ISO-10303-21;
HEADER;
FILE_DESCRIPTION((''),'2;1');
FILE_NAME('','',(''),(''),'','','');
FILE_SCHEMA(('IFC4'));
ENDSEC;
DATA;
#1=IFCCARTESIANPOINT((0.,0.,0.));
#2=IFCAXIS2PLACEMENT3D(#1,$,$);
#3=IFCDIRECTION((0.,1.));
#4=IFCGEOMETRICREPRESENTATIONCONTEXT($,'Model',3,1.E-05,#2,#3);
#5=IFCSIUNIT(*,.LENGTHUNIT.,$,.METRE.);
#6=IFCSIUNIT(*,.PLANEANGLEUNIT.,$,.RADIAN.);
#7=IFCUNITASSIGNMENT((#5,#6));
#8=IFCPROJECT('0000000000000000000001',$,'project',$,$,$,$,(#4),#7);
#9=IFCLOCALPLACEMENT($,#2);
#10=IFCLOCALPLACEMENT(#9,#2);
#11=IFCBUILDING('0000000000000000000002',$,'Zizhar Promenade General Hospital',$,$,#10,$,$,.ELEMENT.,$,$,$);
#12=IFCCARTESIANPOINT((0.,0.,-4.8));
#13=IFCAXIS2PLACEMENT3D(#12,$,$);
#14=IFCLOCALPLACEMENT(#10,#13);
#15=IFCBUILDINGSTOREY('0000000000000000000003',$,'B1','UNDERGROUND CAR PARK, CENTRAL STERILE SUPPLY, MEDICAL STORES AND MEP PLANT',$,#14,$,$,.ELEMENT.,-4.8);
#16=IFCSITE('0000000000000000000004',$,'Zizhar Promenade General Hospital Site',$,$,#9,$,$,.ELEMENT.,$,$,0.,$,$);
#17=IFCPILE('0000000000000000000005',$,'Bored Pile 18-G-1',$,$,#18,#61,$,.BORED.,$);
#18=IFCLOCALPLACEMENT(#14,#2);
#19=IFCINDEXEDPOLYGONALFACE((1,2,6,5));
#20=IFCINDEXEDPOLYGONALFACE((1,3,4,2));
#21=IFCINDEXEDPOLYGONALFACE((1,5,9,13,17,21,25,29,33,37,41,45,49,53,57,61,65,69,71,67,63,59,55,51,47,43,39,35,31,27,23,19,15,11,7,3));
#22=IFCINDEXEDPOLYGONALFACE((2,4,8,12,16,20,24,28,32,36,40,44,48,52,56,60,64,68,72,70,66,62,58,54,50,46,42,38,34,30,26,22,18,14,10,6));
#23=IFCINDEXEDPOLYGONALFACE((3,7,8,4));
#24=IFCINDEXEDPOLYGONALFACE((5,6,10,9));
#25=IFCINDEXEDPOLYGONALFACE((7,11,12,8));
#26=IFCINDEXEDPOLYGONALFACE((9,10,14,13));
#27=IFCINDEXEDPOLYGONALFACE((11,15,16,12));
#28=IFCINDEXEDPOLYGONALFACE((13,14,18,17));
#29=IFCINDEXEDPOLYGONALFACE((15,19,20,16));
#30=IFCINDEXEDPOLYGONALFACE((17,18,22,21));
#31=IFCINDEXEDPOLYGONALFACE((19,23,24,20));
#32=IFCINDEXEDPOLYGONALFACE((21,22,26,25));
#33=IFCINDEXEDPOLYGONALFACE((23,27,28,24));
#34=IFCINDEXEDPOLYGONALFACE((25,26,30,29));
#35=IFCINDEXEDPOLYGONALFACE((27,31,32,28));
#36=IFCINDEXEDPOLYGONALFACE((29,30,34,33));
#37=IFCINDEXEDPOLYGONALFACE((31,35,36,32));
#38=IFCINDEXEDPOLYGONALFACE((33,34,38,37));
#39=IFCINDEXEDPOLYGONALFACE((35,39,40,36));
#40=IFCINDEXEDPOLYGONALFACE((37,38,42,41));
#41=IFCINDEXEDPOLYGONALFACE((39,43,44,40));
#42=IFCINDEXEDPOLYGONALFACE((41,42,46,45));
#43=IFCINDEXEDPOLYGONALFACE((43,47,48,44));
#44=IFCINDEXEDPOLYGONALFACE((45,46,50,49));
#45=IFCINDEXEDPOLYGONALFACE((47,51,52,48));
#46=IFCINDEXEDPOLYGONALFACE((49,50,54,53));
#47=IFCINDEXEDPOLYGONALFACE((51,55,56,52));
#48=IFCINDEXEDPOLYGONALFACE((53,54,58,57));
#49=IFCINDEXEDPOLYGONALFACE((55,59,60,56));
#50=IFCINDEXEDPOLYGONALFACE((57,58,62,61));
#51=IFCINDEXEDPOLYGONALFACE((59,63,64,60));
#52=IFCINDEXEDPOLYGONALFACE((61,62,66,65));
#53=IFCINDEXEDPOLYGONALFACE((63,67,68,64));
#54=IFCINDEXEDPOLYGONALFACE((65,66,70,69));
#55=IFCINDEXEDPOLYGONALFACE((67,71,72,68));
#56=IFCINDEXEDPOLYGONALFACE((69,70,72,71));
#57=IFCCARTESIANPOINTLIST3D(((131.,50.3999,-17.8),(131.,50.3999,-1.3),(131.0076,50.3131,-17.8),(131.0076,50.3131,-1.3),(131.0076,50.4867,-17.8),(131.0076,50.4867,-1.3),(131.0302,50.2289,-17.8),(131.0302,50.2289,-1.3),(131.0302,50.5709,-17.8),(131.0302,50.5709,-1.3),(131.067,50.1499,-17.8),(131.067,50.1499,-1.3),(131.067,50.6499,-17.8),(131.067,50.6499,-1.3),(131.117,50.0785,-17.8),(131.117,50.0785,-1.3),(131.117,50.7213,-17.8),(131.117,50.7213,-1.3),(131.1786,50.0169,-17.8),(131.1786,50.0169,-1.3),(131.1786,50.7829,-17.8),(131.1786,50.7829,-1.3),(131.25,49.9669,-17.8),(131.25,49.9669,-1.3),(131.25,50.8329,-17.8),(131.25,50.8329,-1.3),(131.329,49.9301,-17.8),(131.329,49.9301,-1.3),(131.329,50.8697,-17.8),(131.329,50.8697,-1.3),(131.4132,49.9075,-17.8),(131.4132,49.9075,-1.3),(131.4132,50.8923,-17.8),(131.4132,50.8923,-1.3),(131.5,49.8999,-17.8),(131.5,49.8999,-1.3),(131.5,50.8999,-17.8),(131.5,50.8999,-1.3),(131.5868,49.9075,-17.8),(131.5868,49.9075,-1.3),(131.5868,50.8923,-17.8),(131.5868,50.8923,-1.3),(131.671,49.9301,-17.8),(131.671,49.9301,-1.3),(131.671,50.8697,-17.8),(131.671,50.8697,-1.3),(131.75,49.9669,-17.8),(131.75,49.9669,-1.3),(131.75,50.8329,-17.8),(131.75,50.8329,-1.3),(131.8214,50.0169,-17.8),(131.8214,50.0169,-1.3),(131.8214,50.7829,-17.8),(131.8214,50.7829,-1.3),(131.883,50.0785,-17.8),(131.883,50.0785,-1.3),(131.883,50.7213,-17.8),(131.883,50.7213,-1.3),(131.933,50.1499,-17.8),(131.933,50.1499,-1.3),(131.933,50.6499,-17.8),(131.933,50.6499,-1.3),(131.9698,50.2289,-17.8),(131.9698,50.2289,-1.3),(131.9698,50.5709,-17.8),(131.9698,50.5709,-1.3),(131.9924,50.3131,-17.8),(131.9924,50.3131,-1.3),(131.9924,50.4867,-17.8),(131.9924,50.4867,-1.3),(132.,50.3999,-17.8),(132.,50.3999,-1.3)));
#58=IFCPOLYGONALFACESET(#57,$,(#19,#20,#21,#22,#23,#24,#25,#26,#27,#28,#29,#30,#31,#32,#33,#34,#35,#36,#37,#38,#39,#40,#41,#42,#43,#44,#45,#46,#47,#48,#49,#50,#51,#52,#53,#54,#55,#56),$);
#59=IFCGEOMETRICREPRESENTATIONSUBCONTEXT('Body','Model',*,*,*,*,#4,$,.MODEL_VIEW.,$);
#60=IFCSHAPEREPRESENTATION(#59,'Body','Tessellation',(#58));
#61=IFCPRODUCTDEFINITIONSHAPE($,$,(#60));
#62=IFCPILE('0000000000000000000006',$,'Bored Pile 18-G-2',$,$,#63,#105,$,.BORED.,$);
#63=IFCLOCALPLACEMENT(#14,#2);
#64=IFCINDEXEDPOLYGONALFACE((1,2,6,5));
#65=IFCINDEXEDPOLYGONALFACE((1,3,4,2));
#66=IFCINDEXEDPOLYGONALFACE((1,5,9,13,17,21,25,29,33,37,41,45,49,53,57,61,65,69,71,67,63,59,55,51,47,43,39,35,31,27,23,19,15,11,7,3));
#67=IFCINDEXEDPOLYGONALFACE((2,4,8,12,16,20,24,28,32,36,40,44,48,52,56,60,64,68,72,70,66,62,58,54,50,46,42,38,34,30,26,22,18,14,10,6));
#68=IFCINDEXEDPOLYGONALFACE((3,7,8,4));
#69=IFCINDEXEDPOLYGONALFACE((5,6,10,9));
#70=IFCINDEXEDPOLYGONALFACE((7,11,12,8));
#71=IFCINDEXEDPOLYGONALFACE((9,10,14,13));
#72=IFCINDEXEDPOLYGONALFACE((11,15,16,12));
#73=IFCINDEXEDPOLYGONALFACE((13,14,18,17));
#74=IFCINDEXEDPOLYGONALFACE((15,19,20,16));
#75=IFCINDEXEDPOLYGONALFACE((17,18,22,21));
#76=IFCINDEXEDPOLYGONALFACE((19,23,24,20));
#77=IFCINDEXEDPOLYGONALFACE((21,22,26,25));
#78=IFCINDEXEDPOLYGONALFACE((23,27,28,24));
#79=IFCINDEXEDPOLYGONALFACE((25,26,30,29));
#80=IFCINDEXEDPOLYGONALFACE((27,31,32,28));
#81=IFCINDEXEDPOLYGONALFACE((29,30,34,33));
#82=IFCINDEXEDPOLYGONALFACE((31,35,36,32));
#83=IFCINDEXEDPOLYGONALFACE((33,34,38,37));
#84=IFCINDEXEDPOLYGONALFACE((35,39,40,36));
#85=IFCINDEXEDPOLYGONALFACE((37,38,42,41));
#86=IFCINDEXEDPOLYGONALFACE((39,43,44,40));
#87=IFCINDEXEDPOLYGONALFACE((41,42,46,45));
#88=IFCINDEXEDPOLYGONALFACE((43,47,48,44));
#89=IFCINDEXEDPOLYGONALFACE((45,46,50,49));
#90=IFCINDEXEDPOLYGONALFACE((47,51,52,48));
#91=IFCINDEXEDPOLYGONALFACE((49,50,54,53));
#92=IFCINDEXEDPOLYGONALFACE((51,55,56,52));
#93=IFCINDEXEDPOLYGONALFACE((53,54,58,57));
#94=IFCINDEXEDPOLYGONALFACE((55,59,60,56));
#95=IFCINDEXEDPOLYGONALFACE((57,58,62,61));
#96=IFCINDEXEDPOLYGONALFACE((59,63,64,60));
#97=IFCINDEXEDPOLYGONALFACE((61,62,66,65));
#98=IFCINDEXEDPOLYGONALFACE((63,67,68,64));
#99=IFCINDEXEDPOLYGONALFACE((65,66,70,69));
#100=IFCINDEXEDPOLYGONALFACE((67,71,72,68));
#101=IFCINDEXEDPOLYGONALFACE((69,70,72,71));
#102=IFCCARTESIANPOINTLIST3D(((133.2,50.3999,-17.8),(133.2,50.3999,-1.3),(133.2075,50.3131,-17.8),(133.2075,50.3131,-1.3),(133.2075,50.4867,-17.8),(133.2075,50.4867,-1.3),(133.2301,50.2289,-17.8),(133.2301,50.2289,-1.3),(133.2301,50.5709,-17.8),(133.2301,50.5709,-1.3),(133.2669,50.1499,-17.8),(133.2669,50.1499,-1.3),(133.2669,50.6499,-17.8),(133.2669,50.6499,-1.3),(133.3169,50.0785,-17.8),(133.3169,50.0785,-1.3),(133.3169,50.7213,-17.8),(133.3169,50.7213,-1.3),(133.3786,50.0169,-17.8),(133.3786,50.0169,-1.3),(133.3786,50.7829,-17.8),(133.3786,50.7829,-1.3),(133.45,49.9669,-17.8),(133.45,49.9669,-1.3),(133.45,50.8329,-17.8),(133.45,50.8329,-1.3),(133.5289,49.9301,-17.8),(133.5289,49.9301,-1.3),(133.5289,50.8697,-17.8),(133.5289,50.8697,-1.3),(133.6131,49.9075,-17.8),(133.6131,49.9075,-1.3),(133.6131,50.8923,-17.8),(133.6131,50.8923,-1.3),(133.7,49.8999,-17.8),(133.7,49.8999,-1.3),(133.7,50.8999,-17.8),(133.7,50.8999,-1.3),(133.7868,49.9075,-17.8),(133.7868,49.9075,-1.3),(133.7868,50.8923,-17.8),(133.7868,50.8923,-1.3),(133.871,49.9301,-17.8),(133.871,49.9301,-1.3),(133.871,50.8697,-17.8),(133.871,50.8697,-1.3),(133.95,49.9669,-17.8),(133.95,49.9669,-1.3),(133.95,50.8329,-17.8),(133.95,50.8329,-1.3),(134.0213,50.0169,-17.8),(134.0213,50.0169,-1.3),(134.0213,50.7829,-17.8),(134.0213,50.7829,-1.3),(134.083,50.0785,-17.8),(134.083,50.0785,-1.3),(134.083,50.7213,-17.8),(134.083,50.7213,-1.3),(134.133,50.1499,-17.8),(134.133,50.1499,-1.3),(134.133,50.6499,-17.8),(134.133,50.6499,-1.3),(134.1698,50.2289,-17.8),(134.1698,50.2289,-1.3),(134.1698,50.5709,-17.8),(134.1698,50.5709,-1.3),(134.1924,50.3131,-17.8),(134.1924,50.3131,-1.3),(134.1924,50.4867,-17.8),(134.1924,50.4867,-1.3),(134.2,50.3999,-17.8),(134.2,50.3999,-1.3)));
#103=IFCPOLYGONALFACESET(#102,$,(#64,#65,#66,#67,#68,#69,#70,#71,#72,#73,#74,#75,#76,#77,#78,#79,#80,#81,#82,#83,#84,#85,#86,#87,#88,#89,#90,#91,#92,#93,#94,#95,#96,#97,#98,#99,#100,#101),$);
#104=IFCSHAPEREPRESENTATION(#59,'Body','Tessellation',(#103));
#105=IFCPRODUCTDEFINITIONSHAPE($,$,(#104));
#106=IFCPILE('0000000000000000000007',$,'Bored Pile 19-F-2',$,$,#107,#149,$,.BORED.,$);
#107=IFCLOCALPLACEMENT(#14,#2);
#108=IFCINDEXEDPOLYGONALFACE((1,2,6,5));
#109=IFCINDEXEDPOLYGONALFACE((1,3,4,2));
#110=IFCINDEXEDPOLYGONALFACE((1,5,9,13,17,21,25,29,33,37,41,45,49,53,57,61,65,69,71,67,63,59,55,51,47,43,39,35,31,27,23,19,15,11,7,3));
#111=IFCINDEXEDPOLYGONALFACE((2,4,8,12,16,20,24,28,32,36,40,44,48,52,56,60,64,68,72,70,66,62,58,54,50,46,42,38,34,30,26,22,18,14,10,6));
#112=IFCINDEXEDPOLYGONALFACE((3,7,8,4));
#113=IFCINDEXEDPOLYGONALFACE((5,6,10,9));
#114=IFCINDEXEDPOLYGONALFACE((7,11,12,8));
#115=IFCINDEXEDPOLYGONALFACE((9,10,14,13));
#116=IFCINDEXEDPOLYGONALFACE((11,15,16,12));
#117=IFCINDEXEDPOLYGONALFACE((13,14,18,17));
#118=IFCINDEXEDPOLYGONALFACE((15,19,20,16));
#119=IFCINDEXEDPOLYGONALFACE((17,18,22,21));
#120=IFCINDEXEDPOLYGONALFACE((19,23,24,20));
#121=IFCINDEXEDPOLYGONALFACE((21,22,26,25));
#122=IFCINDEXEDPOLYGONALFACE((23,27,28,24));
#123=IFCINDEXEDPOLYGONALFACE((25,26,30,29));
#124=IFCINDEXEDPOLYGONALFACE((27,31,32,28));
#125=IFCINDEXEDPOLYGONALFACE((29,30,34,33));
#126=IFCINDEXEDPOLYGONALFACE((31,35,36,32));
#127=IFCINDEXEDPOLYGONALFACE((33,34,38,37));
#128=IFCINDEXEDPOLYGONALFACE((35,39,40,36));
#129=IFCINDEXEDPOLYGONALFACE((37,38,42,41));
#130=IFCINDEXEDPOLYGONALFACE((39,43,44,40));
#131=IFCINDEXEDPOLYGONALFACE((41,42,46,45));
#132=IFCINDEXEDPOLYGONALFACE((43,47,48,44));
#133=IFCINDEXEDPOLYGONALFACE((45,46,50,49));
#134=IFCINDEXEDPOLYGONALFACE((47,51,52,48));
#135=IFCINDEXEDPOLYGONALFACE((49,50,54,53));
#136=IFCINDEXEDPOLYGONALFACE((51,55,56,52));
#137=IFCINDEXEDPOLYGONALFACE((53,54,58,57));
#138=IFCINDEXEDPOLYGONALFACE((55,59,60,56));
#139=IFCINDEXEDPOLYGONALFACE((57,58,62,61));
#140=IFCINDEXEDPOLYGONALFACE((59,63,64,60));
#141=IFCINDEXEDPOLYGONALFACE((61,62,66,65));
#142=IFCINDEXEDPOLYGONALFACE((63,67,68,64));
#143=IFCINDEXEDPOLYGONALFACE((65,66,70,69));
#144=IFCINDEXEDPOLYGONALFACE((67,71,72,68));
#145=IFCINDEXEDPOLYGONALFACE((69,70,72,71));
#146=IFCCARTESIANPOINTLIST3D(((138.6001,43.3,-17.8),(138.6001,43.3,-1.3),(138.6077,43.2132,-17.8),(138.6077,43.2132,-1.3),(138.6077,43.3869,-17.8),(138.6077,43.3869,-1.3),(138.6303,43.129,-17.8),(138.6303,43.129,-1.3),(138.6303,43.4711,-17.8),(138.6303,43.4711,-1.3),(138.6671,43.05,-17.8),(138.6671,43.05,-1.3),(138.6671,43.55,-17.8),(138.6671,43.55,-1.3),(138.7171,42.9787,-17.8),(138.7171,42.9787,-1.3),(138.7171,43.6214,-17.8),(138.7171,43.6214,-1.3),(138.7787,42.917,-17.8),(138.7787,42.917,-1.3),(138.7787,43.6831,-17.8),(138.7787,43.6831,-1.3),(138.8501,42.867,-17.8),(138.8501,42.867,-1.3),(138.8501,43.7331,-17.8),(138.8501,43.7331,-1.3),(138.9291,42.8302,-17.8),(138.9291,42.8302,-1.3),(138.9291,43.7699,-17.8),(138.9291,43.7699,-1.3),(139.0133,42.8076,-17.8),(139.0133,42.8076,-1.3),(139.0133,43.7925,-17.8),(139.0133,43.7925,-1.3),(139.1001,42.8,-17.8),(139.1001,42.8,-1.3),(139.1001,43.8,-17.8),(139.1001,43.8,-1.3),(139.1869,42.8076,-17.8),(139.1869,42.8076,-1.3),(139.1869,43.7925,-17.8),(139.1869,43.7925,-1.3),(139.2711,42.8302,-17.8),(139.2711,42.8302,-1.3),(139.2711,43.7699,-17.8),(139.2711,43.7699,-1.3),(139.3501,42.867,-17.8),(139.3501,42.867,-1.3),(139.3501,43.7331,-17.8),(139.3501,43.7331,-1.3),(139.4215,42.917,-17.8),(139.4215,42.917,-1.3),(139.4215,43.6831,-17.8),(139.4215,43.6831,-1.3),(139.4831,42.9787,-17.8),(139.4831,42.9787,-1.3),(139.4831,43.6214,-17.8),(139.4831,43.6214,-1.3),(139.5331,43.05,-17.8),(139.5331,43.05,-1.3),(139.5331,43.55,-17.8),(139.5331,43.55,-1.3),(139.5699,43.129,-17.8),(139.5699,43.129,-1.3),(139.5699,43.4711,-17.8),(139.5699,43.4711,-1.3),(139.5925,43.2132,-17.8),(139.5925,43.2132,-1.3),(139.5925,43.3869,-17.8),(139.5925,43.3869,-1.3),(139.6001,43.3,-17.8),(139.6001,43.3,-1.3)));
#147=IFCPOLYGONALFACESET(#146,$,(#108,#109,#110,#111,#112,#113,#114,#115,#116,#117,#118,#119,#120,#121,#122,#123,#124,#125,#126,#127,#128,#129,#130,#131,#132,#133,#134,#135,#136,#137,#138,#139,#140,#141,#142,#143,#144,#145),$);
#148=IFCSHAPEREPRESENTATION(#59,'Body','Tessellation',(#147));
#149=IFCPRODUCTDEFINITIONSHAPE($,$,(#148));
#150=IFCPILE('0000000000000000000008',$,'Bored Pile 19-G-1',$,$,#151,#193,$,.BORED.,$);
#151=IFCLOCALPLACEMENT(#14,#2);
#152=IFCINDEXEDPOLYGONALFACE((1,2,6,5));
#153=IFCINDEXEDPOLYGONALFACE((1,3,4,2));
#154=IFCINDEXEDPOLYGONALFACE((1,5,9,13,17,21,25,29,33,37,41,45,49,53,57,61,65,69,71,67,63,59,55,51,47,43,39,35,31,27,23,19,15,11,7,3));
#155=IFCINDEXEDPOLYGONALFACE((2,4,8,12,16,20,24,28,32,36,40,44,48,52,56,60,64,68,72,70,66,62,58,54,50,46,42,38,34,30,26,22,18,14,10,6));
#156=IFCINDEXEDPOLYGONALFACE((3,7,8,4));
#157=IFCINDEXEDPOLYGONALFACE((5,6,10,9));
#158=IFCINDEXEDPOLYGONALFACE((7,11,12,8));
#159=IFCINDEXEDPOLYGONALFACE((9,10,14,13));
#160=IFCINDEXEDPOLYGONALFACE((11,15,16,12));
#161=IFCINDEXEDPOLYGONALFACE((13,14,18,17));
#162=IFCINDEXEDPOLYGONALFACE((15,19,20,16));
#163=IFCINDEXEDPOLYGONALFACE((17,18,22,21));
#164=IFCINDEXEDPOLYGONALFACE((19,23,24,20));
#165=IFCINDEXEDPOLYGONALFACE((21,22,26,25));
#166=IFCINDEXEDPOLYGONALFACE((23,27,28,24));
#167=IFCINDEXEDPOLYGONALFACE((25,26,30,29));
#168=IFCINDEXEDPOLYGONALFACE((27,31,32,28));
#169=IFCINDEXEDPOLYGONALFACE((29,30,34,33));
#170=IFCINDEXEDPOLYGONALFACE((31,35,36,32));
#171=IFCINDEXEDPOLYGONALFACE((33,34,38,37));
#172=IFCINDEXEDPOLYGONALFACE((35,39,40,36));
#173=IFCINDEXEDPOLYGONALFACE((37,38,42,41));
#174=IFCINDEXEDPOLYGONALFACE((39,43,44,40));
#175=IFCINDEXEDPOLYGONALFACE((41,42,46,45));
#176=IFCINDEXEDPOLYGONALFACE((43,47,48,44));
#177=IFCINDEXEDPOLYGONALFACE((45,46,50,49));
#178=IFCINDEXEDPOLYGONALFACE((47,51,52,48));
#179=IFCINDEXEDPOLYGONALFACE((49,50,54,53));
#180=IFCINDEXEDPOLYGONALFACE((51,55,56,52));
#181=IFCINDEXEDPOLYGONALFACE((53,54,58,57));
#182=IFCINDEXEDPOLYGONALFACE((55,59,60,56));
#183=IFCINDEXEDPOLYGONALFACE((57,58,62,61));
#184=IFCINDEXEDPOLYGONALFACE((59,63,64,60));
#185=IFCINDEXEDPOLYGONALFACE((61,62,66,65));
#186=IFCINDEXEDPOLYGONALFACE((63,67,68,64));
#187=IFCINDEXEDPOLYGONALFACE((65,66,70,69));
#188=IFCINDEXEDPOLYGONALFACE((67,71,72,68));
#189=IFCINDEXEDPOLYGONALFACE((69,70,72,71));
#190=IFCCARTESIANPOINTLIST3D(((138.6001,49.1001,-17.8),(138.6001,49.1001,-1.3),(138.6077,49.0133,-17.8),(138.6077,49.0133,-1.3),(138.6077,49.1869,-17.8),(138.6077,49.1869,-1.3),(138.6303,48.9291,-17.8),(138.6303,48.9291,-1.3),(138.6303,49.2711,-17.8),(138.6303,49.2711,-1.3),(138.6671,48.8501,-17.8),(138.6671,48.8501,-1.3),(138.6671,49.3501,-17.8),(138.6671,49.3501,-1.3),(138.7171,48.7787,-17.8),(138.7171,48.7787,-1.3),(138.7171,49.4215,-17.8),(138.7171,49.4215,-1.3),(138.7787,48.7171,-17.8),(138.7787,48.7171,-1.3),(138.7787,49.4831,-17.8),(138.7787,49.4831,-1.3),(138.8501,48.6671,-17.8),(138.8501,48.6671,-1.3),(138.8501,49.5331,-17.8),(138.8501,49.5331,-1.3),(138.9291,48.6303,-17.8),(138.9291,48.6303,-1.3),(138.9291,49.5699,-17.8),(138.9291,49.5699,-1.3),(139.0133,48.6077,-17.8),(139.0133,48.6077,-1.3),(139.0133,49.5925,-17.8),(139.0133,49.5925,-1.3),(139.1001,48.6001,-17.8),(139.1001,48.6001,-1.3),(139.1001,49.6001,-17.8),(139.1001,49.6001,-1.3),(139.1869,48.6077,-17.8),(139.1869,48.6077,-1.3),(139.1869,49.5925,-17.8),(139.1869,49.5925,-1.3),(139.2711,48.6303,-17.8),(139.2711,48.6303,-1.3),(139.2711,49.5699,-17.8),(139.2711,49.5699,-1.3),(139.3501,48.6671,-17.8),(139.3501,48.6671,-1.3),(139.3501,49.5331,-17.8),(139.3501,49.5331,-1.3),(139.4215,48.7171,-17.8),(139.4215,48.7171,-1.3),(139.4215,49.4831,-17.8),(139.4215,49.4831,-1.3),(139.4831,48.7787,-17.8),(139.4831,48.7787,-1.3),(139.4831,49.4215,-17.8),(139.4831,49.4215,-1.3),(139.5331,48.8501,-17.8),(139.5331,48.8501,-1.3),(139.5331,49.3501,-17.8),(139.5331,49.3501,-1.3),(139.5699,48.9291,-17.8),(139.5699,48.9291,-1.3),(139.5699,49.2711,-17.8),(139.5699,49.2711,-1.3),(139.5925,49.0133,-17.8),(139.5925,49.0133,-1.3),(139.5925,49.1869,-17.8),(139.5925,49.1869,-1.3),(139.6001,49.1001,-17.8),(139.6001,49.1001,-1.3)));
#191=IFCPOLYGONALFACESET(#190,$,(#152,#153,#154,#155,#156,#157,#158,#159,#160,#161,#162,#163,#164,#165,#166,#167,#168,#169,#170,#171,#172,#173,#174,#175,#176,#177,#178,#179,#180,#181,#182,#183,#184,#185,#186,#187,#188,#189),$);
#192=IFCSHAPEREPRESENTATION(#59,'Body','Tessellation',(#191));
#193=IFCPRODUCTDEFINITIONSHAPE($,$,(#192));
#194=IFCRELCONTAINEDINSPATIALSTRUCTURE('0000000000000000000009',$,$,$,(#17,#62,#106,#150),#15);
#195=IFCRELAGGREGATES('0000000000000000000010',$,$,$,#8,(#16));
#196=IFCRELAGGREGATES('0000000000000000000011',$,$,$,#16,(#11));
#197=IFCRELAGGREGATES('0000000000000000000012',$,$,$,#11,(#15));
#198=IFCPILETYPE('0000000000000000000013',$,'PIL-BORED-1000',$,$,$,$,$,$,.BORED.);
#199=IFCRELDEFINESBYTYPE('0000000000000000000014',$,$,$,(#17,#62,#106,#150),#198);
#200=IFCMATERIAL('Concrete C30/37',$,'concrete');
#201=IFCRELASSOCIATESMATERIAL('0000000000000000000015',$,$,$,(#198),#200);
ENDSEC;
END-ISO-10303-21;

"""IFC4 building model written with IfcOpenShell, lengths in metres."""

from ifc_helpers import new_model, si_unit, direction, frame, origin, origin_2d, place, context, subcontext, project, spatial, circle, extrude, material, material_profile, profile_set, type_object, element, save


model = new_model("IFC4")

# Units and contexts
model_context = context("Model", 3, precision=1e-05, world=origin(), true_north=direction((0.0, 1.0)))
body_context = subcontext(model_context, "Body", "Model", "MODEL_VIEW")
ifc_project = project(units=[si_unit("LENGTHUNIT", "METRE"), si_unit("PLANEANGLEUNIT", "RADIAN")], contexts=[model_context])

# Site, building, storey
site_placement = place(None, origin())
site = spatial("IfcSite", under=ifc_project, at=site_placement, Name="Zizhar Promenade General Hospital Site", CompositionType="ELEMENT", RefElevation=0.0)
building_placement = place(site_placement, origin())
building = spatial("IfcBuilding", under=site, at=building_placement, Name="Zizhar Promenade General Hospital", CompositionType="ELEMENT")
storey_placement = place(building_placement, frame((0.0, 0.0, -4.8)))
storey = spatial("IfcBuildingStorey", under=building, at=storey_placement, Name="B1", Description="UNDERGROUND CAR PARK, CENTRAL STERILE SUPPLY, MEDICAL STORES AND MEP PLANT", CompositionType="ELEMENT", Elevation=-4.8)

# Piles
ifc_material_1 = material(Name="Concrete C30/37", Category="concrete")
ifc_material_profile_1 = material_profile(ifc_material_1, circle(Radius=0.5, at=origin_2d()))
ifc_profile_set_1 = profile_set([ifc_material_profile_1], Name="Concrete C30/37")
pile_type = type_object("IfcPileType", Name="PIL-BORED-1000", PredefinedType="BORED", material=ifc_profile_set_1)
for number, where, z_axis, x_axis, name in (
    (1, (131.5, 50.3999, -1.3), (0.0, 0.0, -1.0), (1.0, 0.0, 0.0), "Bored Pile 18-G-1"),
    (2, (133.7, 50.3999, -1.3), (0.0, 0.0, -1.0), (1.0, 0.0, 0.0), "Bored Pile 18-G-2"),
    (3, (139.1001, 43.3, -1.3), (0.0, 0.0, -1.0), (1.0, 0.0, 0.0), "Bored Pile 19-F-2"),
    (4, (139.1001, 49.1001, -1.3), (0.0, 0.0, -1.0), (1.0, 0.0, 0.0), "Bored Pile 19-G-1"),
):
    element("IfcPile", number, at=place(storey_placement, frame(where, z_axis=z_axis, x_axis=x_axis)), inside=storey, type_object=pile_type, Name=name, PredefinedType="BORED", context=body_context, shape_type="SweptSolid", body=[
        extrude(circle(Radius=0.5, at=origin_2d()), origin(), (0.0, 0.0, 1.0), 16.5),
    ])

save(model, "model.ifc")
